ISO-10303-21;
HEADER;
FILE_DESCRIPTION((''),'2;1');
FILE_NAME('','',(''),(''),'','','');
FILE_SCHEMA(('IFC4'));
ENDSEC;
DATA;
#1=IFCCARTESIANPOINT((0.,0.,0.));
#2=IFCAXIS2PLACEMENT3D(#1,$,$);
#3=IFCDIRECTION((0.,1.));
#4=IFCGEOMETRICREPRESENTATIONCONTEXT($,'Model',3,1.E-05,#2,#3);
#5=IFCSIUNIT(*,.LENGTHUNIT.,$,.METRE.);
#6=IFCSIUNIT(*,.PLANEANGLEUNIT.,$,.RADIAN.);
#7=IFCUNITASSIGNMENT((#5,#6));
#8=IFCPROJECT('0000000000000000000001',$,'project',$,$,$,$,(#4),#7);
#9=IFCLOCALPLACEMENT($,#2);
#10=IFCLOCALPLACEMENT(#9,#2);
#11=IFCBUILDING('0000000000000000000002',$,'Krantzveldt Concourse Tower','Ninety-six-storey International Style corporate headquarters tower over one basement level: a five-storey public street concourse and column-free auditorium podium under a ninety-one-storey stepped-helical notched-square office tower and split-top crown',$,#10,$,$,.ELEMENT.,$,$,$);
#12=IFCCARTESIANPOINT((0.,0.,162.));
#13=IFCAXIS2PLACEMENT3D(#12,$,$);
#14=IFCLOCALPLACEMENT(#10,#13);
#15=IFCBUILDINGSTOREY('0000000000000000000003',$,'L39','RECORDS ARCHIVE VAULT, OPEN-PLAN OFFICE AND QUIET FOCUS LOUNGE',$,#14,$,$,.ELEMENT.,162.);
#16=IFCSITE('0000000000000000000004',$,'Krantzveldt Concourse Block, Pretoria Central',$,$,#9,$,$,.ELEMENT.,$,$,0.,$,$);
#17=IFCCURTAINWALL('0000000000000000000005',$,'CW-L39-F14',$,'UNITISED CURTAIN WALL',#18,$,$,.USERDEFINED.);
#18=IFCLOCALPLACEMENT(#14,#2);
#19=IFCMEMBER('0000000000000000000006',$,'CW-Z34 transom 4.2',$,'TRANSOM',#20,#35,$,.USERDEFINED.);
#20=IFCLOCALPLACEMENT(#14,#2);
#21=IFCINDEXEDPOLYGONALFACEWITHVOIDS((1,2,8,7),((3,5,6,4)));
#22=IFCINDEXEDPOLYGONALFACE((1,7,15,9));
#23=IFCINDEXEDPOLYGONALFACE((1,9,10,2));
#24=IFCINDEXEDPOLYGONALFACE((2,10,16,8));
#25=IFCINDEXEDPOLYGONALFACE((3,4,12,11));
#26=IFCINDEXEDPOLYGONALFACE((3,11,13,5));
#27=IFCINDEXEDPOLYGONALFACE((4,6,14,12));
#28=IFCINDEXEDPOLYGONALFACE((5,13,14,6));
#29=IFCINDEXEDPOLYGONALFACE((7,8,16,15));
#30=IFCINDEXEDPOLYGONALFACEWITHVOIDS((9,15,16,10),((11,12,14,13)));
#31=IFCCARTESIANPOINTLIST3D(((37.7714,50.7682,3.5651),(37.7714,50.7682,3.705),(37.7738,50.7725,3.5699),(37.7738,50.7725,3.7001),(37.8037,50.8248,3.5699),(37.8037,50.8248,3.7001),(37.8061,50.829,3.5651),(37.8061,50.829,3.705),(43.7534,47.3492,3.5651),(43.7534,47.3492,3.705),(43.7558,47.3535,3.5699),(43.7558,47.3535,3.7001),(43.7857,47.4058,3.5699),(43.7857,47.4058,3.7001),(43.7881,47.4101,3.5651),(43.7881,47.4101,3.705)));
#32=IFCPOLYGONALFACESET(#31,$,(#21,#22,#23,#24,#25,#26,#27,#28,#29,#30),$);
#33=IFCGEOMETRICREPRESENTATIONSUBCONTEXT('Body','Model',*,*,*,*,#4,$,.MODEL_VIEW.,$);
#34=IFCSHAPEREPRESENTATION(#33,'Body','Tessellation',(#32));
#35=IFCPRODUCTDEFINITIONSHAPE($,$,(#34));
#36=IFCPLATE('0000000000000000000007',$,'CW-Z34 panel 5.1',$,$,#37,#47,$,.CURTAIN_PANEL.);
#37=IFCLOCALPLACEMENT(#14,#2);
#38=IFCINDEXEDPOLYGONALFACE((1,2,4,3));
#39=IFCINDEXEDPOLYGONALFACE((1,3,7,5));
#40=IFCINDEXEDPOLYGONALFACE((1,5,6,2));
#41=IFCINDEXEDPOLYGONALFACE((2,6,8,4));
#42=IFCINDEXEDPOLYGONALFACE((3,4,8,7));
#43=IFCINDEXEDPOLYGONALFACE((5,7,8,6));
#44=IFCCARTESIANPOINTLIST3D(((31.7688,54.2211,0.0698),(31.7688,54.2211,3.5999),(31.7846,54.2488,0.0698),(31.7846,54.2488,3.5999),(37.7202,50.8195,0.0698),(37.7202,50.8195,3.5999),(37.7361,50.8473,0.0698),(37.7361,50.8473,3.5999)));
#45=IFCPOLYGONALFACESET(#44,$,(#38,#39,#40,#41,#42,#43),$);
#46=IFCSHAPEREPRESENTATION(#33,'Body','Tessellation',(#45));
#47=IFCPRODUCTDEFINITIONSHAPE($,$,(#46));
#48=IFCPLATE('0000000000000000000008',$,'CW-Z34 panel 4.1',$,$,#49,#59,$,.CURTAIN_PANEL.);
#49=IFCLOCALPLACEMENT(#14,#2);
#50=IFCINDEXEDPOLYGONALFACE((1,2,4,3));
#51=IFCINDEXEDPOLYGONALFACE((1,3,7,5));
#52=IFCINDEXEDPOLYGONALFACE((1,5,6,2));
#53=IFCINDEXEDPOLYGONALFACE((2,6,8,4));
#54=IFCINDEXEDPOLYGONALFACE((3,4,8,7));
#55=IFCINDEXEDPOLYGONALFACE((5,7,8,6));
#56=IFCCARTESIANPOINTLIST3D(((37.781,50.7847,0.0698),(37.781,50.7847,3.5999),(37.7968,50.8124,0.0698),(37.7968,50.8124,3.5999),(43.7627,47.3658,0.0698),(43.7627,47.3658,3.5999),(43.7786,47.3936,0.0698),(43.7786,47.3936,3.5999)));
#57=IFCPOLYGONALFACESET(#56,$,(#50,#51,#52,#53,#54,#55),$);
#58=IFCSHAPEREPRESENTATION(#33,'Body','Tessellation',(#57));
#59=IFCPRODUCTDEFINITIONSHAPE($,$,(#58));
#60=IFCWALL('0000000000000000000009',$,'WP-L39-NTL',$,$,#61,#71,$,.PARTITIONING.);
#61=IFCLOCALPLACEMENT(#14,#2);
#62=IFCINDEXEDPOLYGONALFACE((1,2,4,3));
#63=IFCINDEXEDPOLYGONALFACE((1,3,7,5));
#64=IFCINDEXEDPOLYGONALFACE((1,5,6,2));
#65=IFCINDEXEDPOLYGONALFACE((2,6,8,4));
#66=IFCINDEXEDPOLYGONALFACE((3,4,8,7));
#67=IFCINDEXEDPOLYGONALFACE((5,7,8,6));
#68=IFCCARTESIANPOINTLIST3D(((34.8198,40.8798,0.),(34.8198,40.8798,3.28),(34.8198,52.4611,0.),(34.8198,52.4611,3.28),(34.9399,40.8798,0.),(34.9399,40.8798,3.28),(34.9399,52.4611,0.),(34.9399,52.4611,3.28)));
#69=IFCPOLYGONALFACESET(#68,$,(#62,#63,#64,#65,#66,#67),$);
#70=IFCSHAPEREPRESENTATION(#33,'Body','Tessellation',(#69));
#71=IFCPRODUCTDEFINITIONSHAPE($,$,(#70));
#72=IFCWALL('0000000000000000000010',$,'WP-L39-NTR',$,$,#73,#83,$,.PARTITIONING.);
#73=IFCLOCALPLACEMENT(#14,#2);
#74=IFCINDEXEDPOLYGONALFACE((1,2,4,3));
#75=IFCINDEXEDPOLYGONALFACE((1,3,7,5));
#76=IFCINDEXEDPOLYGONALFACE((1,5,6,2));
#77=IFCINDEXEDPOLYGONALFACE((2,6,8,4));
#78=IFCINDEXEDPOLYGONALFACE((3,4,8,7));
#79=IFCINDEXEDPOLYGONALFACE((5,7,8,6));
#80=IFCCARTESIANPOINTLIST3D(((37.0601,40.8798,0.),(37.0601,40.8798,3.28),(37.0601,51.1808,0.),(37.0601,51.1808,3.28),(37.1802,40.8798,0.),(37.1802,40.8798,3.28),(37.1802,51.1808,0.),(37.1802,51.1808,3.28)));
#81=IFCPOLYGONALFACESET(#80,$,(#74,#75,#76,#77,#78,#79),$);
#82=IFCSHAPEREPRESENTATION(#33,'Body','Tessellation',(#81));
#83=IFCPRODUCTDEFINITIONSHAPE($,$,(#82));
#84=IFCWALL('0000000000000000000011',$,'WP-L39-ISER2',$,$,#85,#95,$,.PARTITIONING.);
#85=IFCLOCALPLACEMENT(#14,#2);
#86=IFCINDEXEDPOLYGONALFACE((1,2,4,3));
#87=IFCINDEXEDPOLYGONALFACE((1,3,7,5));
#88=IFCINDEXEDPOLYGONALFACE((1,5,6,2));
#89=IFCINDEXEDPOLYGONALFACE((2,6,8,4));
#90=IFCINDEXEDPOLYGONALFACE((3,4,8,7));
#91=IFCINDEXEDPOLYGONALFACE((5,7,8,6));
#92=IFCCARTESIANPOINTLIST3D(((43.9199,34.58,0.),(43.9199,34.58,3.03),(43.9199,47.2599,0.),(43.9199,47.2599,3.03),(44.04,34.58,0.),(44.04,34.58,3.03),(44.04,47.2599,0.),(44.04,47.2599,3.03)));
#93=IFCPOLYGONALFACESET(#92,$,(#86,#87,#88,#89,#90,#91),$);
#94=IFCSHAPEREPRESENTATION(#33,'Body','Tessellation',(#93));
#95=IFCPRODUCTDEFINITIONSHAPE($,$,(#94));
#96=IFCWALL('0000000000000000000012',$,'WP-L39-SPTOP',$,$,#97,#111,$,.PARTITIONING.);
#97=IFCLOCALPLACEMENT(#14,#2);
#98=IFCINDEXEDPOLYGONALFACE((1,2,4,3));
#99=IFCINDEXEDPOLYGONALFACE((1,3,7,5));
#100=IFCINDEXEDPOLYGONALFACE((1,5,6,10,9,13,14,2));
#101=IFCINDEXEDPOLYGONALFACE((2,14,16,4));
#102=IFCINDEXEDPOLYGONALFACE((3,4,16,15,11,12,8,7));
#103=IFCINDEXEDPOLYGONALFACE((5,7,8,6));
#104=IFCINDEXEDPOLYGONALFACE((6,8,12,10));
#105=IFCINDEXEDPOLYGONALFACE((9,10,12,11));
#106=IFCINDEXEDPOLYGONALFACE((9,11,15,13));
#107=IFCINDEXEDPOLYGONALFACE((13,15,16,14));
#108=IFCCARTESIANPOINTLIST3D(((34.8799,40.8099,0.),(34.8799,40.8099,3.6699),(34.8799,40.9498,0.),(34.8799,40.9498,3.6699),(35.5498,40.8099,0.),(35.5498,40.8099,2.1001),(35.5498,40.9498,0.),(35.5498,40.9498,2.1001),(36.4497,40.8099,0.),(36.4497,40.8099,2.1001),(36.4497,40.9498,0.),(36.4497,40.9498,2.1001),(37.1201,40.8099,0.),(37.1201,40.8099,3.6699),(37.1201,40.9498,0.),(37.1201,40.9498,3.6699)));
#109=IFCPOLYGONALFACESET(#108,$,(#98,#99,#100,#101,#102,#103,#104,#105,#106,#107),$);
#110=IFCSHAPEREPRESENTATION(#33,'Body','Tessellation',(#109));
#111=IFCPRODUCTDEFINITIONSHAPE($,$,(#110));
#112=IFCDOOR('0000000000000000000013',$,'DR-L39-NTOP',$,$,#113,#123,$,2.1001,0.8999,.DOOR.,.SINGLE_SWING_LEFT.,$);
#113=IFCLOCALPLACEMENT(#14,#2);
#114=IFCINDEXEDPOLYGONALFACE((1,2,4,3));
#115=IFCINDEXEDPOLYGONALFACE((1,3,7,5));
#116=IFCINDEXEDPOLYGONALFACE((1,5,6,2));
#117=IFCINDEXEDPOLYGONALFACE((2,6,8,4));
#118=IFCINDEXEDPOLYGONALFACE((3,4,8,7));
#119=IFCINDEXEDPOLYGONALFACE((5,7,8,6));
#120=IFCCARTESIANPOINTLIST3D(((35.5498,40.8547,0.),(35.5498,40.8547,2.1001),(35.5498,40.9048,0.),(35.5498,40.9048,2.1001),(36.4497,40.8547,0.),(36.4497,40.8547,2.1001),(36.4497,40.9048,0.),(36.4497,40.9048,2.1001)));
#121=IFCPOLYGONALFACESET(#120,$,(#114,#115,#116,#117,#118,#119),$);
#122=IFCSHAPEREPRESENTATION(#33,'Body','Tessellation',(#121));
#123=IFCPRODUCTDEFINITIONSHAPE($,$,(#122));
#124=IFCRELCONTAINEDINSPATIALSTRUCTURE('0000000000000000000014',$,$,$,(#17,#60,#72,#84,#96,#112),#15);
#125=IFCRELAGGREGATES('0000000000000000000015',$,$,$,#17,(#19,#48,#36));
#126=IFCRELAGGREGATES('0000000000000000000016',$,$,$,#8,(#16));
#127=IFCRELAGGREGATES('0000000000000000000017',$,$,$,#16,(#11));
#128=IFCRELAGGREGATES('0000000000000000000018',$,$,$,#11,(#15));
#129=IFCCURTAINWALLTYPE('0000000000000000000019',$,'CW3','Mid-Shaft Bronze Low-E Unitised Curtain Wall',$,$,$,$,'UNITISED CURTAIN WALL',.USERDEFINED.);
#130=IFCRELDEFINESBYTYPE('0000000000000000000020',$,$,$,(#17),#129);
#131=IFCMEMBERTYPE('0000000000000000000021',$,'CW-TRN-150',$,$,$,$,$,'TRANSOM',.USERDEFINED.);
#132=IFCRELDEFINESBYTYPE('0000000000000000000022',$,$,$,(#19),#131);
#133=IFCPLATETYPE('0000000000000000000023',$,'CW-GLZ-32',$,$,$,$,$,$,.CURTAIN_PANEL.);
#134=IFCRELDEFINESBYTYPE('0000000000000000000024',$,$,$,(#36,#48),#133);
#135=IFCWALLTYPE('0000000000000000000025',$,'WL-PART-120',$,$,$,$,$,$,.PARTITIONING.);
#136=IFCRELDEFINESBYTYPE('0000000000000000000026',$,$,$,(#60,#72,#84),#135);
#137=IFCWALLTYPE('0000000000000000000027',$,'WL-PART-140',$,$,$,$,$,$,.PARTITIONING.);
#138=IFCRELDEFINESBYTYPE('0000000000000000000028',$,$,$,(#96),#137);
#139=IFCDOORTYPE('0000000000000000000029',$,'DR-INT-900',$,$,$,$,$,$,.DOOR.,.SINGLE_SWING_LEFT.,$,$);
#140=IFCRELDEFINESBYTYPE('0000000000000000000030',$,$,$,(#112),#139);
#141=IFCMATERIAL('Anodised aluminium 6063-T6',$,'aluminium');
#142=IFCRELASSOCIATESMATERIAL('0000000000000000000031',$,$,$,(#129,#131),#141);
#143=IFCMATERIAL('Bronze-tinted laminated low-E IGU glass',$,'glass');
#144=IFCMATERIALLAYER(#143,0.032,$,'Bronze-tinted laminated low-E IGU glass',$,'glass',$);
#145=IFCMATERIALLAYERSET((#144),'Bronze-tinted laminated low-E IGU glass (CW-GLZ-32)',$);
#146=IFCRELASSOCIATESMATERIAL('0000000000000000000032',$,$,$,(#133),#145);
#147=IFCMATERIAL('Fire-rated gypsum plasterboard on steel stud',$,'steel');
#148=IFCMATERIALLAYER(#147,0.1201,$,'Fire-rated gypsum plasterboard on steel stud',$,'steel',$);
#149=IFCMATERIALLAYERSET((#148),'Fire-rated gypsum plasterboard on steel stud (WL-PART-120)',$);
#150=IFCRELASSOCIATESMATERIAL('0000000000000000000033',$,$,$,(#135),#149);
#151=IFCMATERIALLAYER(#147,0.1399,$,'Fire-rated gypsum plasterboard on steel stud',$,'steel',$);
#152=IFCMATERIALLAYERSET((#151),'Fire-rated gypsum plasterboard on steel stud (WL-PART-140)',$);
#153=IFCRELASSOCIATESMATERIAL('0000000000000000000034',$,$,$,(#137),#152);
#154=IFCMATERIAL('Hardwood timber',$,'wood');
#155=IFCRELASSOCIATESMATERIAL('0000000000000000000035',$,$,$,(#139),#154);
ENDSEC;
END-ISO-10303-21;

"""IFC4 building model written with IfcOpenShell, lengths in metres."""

from ifc_helpers import new_model, si_unit, direction, frame, frame_2d, origin, origin_2d, place, context, subcontext, project, spatial, rectangle, hollow_rectangle, extrude, source, transform, mapped, material, layer, layer_set, material_profile, profile_set, type_object, type_shapes, element, fill, aggregate, save


model = new_model("IFC4")

# Units and contexts
model_context = context("Model", 3, precision=1e-05, world=origin(), true_north=direction((0.0, 1.0)))
body_context = subcontext(model_context, "Body", "Model", "MODEL_VIEW")
ifc_project = project(units=[si_unit("LENGTHUNIT", "METRE"), si_unit("PLANEANGLEUNIT", "RADIAN")], contexts=[model_context])

# Site, building, storey
site_placement = place(None, origin())
site = spatial("IfcSite", under=ifc_project, at=site_placement, Name="Krantzveldt Concourse Block, Pretoria Central", CompositionType="ELEMENT", RefElevation=0.0)
building_placement = place(site_placement, origin())
building = spatial("IfcBuilding", under=site, at=building_placement, Name="Krantzveldt Concourse Tower", Description="Ninety-six-storey International Style corporate headquarters tower over one basement level: a five-storey public street concourse and column-free auditorium podium under a ninety-one-storey stepped-helical notched-square office tower and split-top crown", CompositionType="ELEMENT")
storey_placement = place(building_placement, frame((0.0, 0.0, 162.0)))
storey = spatial("IfcBuildingStorey", under=building, at=storey_placement, Name="L39", Description="RECORDS ARCHIVE VAULT, OPEN-PLAN OFFICE AND QUIET FOCUS LOUNGE", CompositionType="ELEMENT", Elevation=162.0)

# Curtain wall, member, plates
ifc_material_1 = material(Name="Anodised aluminium 6063-T6", Category="aluminium")
curtain_wall_type = type_object("IfcCurtainWallType", Name="CW3", Description="Mid-Shaft Bronze Low-E Unitised Curtain Wall", ElementType="UNITISED CURTAIN WALL", PredefinedType="USERDEFINED", material=ifc_material_1)
curtain_wall_placement = place(storey_placement, origin())
curtain_wall = element("IfcCurtainWall", 1, at=curtain_wall_placement, inside=storey, type_object=curtain_wall_type, Name="CW-L39-F14", ObjectType="UNITISED CURTAIN WALL", PredefinedType="USERDEFINED")
ifc_material_profile_1 = material_profile(ifc_material_1, hollow_rectangle(XDim=0.0701, YDim=0.1399, WallThickness=0.0049, at=origin_2d()), Name="Anodised aluminium 6063-T6", Category="aluminium")
ifc_profile_set_1 = profile_set([ifc_material_profile_1], Name="Anodised aluminium 6063-T6 - ALU-TRAN 140x70x5")
member_type_1 = type_object("IfcMemberType", Name="CW-TRN-150", ElementType="TRANSOM", PredefinedType="USERDEFINED", material=ifc_profile_set_1)
shared_shape_1 = source(origin(), body_context, "Body", "SweptSolid", [
    extrude(hollow_rectangle(XDim=0.0701, YDim=0.1399, WallThickness=0.0049, at=origin_2d()), origin(), (0.0, 0.0, 1.0), 6.8901),
])
member_1_placement = place(storey_placement, frame((43.7708, 47.3796, 3.635), z_axis=(-0.8682, 0.496215, 0.0), x_axis=(-0.496215, -0.8682, 0.0)))
member_1 = element("IfcMember", 2, at=member_1_placement, type_object=member_type_1, Name="CW-Z34 transom 4.2", ObjectType="TRANSOM", PredefinedType="USERDEFINED", context=body_context, shape_type="MappedRepresentation", body=[
    mapped(shared_shape_1, transform((0.0, 0.0, 0.0), x_axis=(1.0, 0.0, 0.0), y_axis=(0.0, 1.0, 0.0), z_axis=(0.0, 0.0, 1.0), scale=1.0)),
])
ifc_material_2 = material(Name="Bronze-tinted laminated low-E IGU glass", Category="glass")
ifc_layer_1 = layer(ifc_material_2, 0.032, Name="Bronze-tinted laminated low-E IGU glass", Category="glass")
ifc_layer_set_1 = layer_set([ifc_layer_1], Name="Bronze-tinted laminated low-E IGU glass (CW-GLZ-32)")
plate_type = type_object("IfcPlateType", Name="CW-GLZ-32", PredefinedType="CURTAIN_PANEL", material=ifc_layer_set_1)
shared_shape_2 = source(origin(), body_context, "Body", "SweptSolid", [
    extrude(rectangle(XDim=6.855, YDim=0.032, at=origin_2d()), origin(), (0.0, 0.0, 1.0), 3.53),
])
plate_1_placement = place(storey_placement, frame((34.7524, 52.5342, 0.0698), z_axis=(0.0, 0.0, 1.0), x_axis=(-0.868199, 0.496216, 0.0)))
plate_1 = element("IfcPlate", 3, at=plate_1_placement, type_object=plate_type, Name="CW-Z34 panel 5.1", PredefinedType="CURTAIN_PANEL", context=body_context, shape_type="MappedRepresentation", body=[
    mapped(shared_shape_2, transform((0.0, 0.0, 0.0), x_axis=(1.0, 0.0, 0.0), y_axis=(0.0, 1.0, 0.0), z_axis=(0.0, 0.0, 1.0), scale=1.0)),
])
shared_shape_3 = source(origin(), body_context, "Body", "SweptSolid", [
    extrude(rectangle(XDim=6.8899, YDim=0.032, at=origin_2d()), origin(), (0.0, 0.0, 1.0), 3.53),
])
type_shapes(plate_type, [shared_shape_2, shared_shape_3])
plate_2_placement = place(storey_placement, frame((40.7798, 49.0891, 0.0698), z_axis=(0.0, 0.0, 1.0), x_axis=(-0.868199, 0.496216, 0.0)))
plate_2 = element("IfcPlate", 4, at=plate_2_placement, type_object=plate_type, Name="CW-Z34 panel 4.1", PredefinedType="CURTAIN_PANEL", context=body_context, shape_type="MappedRepresentation", body=[
    mapped(shared_shape_3, transform((0.0, 0.0, 0.0), x_axis=(1.0, 0.0, 0.0), y_axis=(0.0, 1.0, 0.0), z_axis=(0.0, 0.0, 1.0), scale=1.0)),
])
aggregate(curtain_wall, [member_1, plate_2, plate_1])

# Walls
ifc_material_3 = material(Name="Fire-rated gypsum plasterboard on steel stud", Category="steel")
ifc_layer_2 = layer(ifc_material_3, 0.1201, Name="Fire-rated gypsum plasterboard on steel stud", Category="steel")
ifc_layer_set_2 = layer_set([ifc_layer_2], Name="Fire-rated gypsum plasterboard on steel stud (WL-PART-120)")
wall_type_1 = type_object("IfcWallType", Name="WL-PART-120", PredefinedType="PARTITIONING", material=ifc_layer_set_2)
wall_1_placement = place(storey_placement, frame((34.8799, 40.8799, 0.0), z_axis=(0.0, 0.0, 1.0), x_axis=(0.0, 1.0, 0.0)))
element("IfcWall", 5, at=wall_1_placement, inside=storey, type_object=wall_type_1, Name="WP-L39-NTL", PredefinedType="PARTITIONING", context=body_context, shape_type="SweptSolid", body=[
    extrude(rectangle(XDim=11.5813, YDim=0.1201, at=frame_2d((5.7905, 0.0))), origin(), (0.0, 0.0, 1.0), 3.28),
])
wall_2_placement = place(storey_placement, frame((37.1201, 40.8799, 0.0), z_axis=(0.0, 0.0, 1.0), x_axis=(0.0, 1.0, 0.0)))
element("IfcWall", 6, at=wall_2_placement, inside=storey, type_object=wall_type_1, Name="WP-L39-NTR", PredefinedType="PARTITIONING", context=body_context, shape_type="SweptSolid", body=[
    extrude(rectangle(XDim=10.301, YDim=0.1201, at=frame_2d((5.1504, 0.0))), origin(), (0.0, 0.0, 1.0), 3.28),
])
wall_3_placement = place(storey_placement, frame((43.98, 34.5801, 0.0), z_axis=(0.0, 0.0, 1.0), x_axis=(0.0, 1.0, 0.0)))
element("IfcWall", 7, at=wall_3_placement, inside=storey, type_object=wall_type_1, Name="WP-L39-ISER2", PredefinedType="PARTITIONING", context=body_context, shape_type="SweptSolid", body=[
    extrude(rectangle(XDim=12.6799, YDim=0.1201, at=frame_2d((6.3398, 0.0))), origin(), (0.0, 0.0, 1.0), 3.03),
])

# Wall, opening, door
ifc_layer_3 = layer(ifc_material_3, 0.1399, Name="Fire-rated gypsum plasterboard on steel stud", Category="steel")
ifc_layer_set_3 = layer_set([ifc_layer_3], Name="Fire-rated gypsum plasterboard on steel stud (WL-PART-140)")
wall_type_2 = type_object("IfcWallType", Name="WL-PART-140", PredefinedType="PARTITIONING", material=ifc_layer_set_3)
wall_4_placement = place(storey_placement, frame((34.8799, 40.8799, 0.0), z_axis=(0.0, 0.0, 1.0), x_axis=(1.0, 0.0, 0.0)))
wall_4 = element("IfcWall", 8, at=wall_4_placement, inside=storey, type_object=wall_type_2, Name="WP-L39-SPTOP", PredefinedType="PARTITIONING", context=body_context, shape_type="SweptSolid", body=[
    extrude(rectangle(XDim=2.2402, YDim=0.1399, at=frame_2d((1.1201, 0.0))), origin(), (0.0, 0.0, 1.0), 3.6699),
])
opening_placement = place(wall_4_placement, frame((0.6699, 0.0, 0.0)))
opening = element("IfcOpeningElement", 9, at=opening_placement, cuts=wall_4, PredefinedType="OPENING", context=body_context, shape_type="SweptSolid", body=[
    extrude(rectangle(XDim=0.8999, YDim=2.1001, at=frame_2d((0.45, 1.05))), frame((0.0, 0.0801, 0.0), z_axis=(0.0, -1.0, 0.0), x_axis=(1.0, 0.0, 0.0)), (0.0, 0.0, 1.0), 0.1599),
])
ifc_material_4 = material(Name="Hardwood timber", Category="wood")
door_type = type_object("IfcDoorType", Name="DR-INT-900", OperationType="SINGLE_SWING_LEFT", PredefinedType="DOOR", material=ifc_material_4)
door_placement = place(opening_placement, origin())
door = element("IfcDoor", 10, at=door_placement, inside=storey, type_object=door_type, Name="DR-L39-NTOP", OperationType="SINGLE_SWING_LEFT", OverallHeight=2.1001, OverallWidth=0.8999, PredefinedType="DOOR", context=body_context, shape_type="SweptSolid", body=[
    extrude(rectangle(XDim=0.8999, YDim=2.1001, at=frame_2d((0.45, 1.05))), frame((0.0, 0.0249, 0.0), z_axis=(0.0, -1.0, 0.0), x_axis=(1.0, 0.0, 0.0)), (0.0, 0.0, 1.0), 0.05),
])
fill(opening, door)

save(model, "model.ifc")
